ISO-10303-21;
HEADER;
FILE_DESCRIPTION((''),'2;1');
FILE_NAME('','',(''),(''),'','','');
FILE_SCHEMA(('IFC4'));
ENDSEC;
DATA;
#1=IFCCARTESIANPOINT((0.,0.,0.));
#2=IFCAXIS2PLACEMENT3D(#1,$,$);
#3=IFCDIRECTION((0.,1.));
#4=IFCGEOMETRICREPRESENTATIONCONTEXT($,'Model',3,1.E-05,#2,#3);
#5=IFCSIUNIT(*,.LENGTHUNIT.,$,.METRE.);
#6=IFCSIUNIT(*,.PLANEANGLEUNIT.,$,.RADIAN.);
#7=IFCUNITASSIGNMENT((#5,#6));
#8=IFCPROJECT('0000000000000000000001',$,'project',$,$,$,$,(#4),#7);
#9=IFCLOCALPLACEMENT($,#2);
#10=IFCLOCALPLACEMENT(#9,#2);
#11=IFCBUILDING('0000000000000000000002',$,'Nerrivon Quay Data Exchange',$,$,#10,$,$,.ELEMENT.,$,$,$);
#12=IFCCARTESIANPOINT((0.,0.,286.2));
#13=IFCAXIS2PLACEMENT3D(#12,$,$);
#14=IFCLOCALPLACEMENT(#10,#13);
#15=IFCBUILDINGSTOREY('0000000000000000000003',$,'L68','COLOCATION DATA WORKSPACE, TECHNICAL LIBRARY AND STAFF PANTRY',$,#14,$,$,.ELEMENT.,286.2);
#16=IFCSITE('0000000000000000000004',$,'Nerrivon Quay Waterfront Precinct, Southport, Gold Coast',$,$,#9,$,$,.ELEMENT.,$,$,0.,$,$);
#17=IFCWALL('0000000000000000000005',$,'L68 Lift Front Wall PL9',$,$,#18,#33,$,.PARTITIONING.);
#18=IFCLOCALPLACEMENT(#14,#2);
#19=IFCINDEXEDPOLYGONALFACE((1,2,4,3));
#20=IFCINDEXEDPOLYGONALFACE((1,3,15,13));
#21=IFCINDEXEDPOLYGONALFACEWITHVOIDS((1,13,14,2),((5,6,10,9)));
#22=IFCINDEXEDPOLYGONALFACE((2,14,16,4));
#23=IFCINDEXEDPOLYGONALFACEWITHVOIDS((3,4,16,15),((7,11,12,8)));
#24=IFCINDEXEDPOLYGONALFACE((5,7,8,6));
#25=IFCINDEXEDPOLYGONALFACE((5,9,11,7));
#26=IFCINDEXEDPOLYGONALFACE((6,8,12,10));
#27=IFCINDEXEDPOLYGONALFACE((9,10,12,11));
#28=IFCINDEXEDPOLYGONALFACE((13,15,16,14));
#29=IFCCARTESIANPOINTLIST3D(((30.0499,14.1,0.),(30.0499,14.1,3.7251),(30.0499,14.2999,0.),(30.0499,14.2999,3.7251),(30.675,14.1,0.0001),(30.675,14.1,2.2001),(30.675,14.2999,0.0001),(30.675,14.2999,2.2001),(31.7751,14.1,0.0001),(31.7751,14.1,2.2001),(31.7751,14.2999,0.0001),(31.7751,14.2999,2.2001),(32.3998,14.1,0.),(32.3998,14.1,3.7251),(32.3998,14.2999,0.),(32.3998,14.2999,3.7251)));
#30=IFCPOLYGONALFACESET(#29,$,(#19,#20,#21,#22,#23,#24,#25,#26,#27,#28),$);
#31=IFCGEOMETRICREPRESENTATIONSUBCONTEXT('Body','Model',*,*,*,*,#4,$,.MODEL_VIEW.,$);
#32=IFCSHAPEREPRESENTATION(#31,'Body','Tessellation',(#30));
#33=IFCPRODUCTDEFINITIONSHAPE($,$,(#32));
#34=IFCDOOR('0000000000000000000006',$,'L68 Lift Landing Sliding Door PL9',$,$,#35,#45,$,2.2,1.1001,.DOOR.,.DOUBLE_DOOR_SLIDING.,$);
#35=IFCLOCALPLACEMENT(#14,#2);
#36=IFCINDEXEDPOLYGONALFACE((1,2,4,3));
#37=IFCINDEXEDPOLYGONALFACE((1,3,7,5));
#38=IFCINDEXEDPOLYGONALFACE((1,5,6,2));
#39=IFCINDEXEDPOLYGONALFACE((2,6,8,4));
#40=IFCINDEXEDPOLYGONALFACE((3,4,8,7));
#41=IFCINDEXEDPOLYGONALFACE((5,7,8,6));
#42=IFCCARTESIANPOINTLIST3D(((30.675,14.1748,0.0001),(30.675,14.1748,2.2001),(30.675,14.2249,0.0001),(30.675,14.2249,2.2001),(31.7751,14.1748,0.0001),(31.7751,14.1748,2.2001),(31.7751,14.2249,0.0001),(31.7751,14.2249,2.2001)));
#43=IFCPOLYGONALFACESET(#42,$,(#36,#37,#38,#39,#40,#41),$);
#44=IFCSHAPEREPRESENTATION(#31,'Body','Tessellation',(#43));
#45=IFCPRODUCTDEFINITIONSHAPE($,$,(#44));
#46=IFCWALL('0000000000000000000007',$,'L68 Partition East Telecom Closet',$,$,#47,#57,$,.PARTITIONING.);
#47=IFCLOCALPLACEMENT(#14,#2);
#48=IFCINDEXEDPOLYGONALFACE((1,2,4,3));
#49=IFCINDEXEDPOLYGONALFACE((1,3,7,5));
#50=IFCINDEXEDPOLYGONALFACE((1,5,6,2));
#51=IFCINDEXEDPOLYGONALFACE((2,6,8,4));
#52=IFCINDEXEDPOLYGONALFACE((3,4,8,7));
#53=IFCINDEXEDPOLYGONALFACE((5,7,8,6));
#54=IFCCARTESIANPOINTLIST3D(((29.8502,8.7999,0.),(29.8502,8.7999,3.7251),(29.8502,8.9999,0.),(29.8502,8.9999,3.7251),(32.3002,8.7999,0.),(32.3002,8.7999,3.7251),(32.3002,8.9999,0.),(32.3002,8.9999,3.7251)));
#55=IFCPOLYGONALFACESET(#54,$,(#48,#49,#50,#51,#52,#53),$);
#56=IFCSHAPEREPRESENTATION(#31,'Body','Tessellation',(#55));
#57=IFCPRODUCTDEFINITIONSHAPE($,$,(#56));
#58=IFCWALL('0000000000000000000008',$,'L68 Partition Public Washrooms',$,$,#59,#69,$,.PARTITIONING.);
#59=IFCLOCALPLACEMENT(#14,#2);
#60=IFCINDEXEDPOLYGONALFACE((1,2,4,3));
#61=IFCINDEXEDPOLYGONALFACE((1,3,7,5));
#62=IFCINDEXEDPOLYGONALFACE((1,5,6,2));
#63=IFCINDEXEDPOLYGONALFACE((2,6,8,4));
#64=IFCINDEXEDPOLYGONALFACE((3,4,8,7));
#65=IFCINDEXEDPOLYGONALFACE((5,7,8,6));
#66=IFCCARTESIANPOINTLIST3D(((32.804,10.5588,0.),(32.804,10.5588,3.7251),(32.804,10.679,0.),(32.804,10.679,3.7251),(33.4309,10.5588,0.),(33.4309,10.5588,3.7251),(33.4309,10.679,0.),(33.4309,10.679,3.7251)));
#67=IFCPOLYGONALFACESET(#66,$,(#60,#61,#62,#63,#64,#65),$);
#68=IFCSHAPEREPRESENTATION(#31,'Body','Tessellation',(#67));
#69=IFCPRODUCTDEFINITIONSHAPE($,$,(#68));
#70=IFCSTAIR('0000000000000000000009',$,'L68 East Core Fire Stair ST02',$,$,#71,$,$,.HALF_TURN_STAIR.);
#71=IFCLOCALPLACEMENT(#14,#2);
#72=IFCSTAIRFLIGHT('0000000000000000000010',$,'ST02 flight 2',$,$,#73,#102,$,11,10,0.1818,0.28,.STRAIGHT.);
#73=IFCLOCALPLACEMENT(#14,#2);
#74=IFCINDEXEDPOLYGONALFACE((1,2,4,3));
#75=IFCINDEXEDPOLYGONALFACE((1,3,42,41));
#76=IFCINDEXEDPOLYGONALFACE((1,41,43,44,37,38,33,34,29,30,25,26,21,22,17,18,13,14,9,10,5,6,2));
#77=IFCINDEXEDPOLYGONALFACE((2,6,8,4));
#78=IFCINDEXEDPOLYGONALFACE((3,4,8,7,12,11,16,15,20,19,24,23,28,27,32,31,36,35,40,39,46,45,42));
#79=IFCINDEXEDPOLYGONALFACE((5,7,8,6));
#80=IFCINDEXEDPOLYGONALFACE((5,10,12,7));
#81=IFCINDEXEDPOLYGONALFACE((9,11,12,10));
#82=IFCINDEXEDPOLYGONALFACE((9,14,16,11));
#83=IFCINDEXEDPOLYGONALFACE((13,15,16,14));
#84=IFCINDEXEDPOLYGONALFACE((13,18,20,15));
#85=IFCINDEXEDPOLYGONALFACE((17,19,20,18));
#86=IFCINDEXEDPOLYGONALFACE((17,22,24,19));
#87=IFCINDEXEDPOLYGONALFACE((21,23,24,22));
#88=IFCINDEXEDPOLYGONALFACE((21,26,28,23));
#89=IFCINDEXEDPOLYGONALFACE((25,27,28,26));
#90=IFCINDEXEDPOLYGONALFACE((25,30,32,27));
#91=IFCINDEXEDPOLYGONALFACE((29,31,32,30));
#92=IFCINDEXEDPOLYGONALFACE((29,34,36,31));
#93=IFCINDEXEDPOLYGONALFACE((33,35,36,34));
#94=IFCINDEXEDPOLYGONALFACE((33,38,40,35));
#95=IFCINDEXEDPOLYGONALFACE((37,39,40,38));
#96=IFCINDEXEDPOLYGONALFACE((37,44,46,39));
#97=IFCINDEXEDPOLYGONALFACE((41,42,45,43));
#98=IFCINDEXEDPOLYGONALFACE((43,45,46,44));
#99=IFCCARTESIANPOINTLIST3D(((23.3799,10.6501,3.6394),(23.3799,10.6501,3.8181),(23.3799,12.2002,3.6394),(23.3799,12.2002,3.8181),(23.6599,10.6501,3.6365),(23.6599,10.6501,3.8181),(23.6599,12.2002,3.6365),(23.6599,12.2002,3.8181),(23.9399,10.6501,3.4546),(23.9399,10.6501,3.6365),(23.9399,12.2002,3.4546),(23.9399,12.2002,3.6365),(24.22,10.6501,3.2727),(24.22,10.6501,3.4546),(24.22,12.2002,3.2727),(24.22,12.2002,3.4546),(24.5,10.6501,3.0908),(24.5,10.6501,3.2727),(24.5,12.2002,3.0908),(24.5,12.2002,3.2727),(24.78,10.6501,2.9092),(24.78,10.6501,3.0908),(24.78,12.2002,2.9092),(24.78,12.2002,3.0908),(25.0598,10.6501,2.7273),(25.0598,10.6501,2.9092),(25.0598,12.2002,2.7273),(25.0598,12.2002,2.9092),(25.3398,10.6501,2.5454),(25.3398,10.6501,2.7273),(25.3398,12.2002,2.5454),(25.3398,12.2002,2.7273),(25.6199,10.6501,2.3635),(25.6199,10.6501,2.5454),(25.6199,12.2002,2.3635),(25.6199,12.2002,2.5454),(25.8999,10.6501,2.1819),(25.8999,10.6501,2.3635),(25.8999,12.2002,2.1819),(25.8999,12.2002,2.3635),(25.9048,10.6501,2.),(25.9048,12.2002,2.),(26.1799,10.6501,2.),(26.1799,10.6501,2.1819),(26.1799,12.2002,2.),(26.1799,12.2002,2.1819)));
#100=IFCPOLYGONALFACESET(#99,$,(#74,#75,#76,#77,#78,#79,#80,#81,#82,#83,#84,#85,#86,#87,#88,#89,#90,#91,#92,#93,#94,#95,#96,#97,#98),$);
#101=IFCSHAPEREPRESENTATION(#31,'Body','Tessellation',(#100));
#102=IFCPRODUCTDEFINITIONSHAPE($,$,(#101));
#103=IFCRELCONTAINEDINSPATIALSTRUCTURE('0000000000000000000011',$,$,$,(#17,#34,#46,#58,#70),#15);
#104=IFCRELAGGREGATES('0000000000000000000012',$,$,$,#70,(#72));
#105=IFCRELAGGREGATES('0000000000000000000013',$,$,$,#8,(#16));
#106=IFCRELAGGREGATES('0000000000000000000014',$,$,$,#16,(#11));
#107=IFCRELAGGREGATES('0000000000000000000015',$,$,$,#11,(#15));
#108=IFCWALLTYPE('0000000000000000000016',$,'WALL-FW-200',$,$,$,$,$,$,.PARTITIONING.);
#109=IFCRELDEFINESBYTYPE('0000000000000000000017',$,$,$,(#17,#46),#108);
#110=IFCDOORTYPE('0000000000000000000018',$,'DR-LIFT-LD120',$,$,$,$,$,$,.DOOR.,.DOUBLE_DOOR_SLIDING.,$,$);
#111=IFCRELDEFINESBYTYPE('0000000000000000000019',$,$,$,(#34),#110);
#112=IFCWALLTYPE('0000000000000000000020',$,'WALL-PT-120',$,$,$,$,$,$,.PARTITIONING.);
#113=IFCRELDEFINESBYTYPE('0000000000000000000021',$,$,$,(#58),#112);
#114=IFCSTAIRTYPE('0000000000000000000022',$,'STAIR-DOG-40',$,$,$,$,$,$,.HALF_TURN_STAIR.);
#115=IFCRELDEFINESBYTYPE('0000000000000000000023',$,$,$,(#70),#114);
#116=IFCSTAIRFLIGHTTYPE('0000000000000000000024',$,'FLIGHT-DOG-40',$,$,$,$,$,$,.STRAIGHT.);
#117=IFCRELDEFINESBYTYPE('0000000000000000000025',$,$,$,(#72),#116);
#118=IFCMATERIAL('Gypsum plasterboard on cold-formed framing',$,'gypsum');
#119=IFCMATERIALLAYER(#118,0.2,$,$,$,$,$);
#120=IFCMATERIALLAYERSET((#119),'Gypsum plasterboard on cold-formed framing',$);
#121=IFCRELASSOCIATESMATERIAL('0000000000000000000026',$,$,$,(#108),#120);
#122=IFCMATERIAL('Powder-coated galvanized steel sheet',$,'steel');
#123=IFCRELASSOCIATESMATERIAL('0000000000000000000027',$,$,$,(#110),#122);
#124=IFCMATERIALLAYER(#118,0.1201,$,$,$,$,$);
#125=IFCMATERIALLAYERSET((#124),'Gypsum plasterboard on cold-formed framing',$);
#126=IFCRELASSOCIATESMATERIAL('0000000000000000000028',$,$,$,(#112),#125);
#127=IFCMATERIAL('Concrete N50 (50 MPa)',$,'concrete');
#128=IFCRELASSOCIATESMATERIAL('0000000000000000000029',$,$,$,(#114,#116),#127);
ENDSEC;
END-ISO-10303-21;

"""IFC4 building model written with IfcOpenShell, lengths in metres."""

from ifc_helpers import new_model, si_unit, direction, frame, frame_2d, origin, place, context, subcontext, project, spatial, polyline, rectangle, outline, extrude, material, layer, layer_set, type_object, element, fill, aggregate, save


model = new_model("IFC4")

# Units and contexts
model_context = context("Model", 3, precision=1e-05, world=origin(), true_north=direction((0.0, 1.0)))
body_context = subcontext(model_context, "Body", "Model", "MODEL_VIEW")
ifc_project = project(units=[si_unit("LENGTHUNIT", "METRE"), si_unit("PLANEANGLEUNIT", "RADIAN")], contexts=[model_context])

# Site, building, storey
site_placement = place(None, origin())
site = spatial("IfcSite", under=ifc_project, at=site_placement, Name="Nerrivon Quay Waterfront Precinct, Southport, Gold Coast", CompositionType="ELEMENT", RefElevation=0.0)
building_placement = place(site_placement, origin())
building = spatial("IfcBuilding", under=site, at=building_placement, Name="Nerrivon Quay Data Exchange", CompositionType="ELEMENT")
storey_placement = place(building_placement, frame((0.0, 0.0, 286.2)))
storey = spatial("IfcBuildingStorey", under=building, at=storey_placement, Name="L68", Description="COLOCATION DATA WORKSPACE, TECHNICAL LIBRARY AND STAFF PANTRY", CompositionType="ELEMENT", Elevation=286.2)

# Shared definitions
ifc_material_1 = material(Name="Concrete N50 (50 MPa)", Category="concrete")

# Shared definitions
ifc_material_2 = material(Name="Gypsum plasterboard on cold-formed framing", Category="gypsum")
ifc_layer_1 = layer(ifc_material_2, 0.2)
ifc_layer_set_1 = layer_set([ifc_layer_1], Name="Gypsum plasterboard on cold-formed framing")
wall_type_1 = type_object("IfcWallType", Name="WALL-FW-200", PredefinedType="PARTITIONING", material=ifc_layer_set_1)

# Shared definitions
ifc_material_3 = material(Name="Powder-coated galvanized steel sheet", Category="steel")
door_type_1 = type_object("IfcDoorType", Name="DR-LIFT-LD120", OperationType="DOUBLE_DOOR_SLIDING", PredefinedType="DOOR", material=ifc_material_3)

# Wall, opening, door
wall_1_placement = place(storey_placement, frame((30.05, 14.2, 0.0), z_axis=(0.0, 0.0, 1.0), x_axis=(1.0, 0.0, 0.0)))
wall_1 = element("IfcWall", 1, at=wall_1_placement, inside=storey, type_object=wall_type_1, Name="L68 Lift Front Wall PL9", PredefinedType="PARTITIONING", context=body_context, shape_type="SweptSolid", body=[
    extrude(rectangle(XDim=2.3499, YDim=0.2, at=frame_2d((1.1748, 0.0))), origin(), (0.0, 0.0, 1.0), 3.7251),
])
opening_1_placement = place(wall_1_placement, frame((0.625, 0.0, 0.0)))
opening_1 = element("IfcOpeningElement", 2, at=opening_1_placement, cuts=wall_1, PredefinedType="OPENING", context=body_context, shape_type="SweptSolid", body=[
    extrude(rectangle(XDim=1.1001, YDim=2.2, at=frame_2d((0.55, 1.1001))), frame((0.0, 0.1099, 0.0), z_axis=(0.0, -1.0, 0.0), x_axis=(1.0, 0.0, 0.0)), (0.0, 0.0, 1.0), 0.22),
])
door_1_placement = place(opening_1_placement, origin())
door_1 = element("IfcDoor", 3, at=door_1_placement, inside=storey, type_object=door_type_1, Name="L68 Lift Landing Sliding Door PL9", OperationType="DOUBLE_DOOR_SLIDING", OverallHeight=2.2, OverallWidth=1.1001, PredefinedType="DOOR", context=body_context, shape_type="SweptSolid", body=[
    extrude(rectangle(XDim=1.1001, YDim=2.2, at=frame_2d((0.55, 1.1001))), frame((0.0, 0.0249, 0.0), z_axis=(0.0, -1.0, 0.0), x_axis=(1.0, 0.0, 0.0)), (0.0, 0.0, 1.0), 0.05),
])
fill(opening_1, door_1)

# Walls
wall_2_placement = place(storey_placement, frame((29.8501, 8.8999, 0.0), z_axis=(0.0, 0.0, 1.0), x_axis=(1.0, 0.0, 0.0)))
element("IfcWall", 4, at=wall_2_placement, inside=storey, type_object=wall_type_1, Name="L68 Partition East Telecom Closet", PredefinedType="PARTITIONING", context=body_context, shape_type="SweptSolid", body=[
    extrude(rectangle(XDim=2.45, YDim=0.2, at=frame_2d((1.2251, 0.0))), origin(), (0.0, 0.0, 1.0), 3.7251),
])
ifc_layer_2 = layer(ifc_material_2, 0.1201)
ifc_layer_set_2 = layer_set([ifc_layer_2], Name="Gypsum plasterboard on cold-formed framing")
wall_type_2 = type_object("IfcWallType", Name="WALL-PT-120", PredefinedType="PARTITIONING", material=ifc_layer_set_2)
wall_3_placement = place(storey_placement, frame((32.804, 10.6189, 0.0), z_axis=(0.0, 0.0, 1.0), x_axis=(1.0, 0.0, 0.0)))
element("IfcWall", 5, at=wall_3_placement, inside=storey, type_object=wall_type_2, Name="L68 Partition Public Washrooms", PredefinedType="PARTITIONING", context=body_context, shape_type="SweptSolid", body=[
    extrude(rectangle(XDim=0.627, YDim=0.1201, at=frame_2d((0.3135, 0.0))), origin(), (0.0, 0.0, 1.0), 3.7251),
])

# Stair, stair flight
stair_type = type_object("IfcStairType", Name="STAIR-DOG-40", PredefinedType="HALF_TURN_STAIR", material=ifc_material_1)
stair_placement = place(storey_placement, origin())
stair = element("IfcStair", 6, at=stair_placement, inside=storey, type_object=stair_type, Name="L68 East Core Fire Stair ST02", PredefinedType="HALF_TURN_STAIR")
stair_flight_type = type_object("IfcStairFlightType", Name="FLIGHT-DOG-40", PredefinedType="STRAIGHT", material=ifc_material_1)
stair_flight_placement = place(storey_placement, frame((26.1799, 11.425, 2.0), z_axis=(0.0, 0.0, 1.0), x_axis=(-1.0, 0.0, 0.0)))
stair_flight = element("IfcStairFlight", 7, at=stair_flight_placement, type_object=stair_flight_type, Name="ST02 flight 2", NumberOfRisers=11, NumberOfTreads=10, PredefinedType="STRAIGHT", RiserHeight=0.1818, TreadLength=0.28, context=body_context, shape_type="SweptSolid", body=[
    extrude(outline(polyline([(0.0, 0.0), (0.0, 0.1819), (0.28, 0.1819), (0.28, 0.3635), (0.5601, 0.3635), (0.5601, 0.5454), (0.8401, 0.5454), (0.8401, 0.7273), (1.1201, 0.7273), (1.1201, 0.9092), (1.3999, 0.9092), (1.3999, 1.0908), (1.6799, 1.0908), (1.6799, 1.2727), (1.96, 1.2727), (1.96, 1.4546), (2.24, 1.4546), (2.24, 1.6365), (2.52, 1.6365), (2.52, 1.8181), (2.8, 1.8181), (2.8, 2.0), (2.8, 1.6394), (0.2751, 0.0), (0.0, 0.0)])), frame((0.0, 0.7749, 0.0), z_axis=(0.0, -1.0, 0.0), x_axis=(1.0, 0.0, 0.0)), (0.0, 0.0, 1.0), 1.55),
])
aggregate(stair, [stair_flight])

save(model, "model.ifc")
